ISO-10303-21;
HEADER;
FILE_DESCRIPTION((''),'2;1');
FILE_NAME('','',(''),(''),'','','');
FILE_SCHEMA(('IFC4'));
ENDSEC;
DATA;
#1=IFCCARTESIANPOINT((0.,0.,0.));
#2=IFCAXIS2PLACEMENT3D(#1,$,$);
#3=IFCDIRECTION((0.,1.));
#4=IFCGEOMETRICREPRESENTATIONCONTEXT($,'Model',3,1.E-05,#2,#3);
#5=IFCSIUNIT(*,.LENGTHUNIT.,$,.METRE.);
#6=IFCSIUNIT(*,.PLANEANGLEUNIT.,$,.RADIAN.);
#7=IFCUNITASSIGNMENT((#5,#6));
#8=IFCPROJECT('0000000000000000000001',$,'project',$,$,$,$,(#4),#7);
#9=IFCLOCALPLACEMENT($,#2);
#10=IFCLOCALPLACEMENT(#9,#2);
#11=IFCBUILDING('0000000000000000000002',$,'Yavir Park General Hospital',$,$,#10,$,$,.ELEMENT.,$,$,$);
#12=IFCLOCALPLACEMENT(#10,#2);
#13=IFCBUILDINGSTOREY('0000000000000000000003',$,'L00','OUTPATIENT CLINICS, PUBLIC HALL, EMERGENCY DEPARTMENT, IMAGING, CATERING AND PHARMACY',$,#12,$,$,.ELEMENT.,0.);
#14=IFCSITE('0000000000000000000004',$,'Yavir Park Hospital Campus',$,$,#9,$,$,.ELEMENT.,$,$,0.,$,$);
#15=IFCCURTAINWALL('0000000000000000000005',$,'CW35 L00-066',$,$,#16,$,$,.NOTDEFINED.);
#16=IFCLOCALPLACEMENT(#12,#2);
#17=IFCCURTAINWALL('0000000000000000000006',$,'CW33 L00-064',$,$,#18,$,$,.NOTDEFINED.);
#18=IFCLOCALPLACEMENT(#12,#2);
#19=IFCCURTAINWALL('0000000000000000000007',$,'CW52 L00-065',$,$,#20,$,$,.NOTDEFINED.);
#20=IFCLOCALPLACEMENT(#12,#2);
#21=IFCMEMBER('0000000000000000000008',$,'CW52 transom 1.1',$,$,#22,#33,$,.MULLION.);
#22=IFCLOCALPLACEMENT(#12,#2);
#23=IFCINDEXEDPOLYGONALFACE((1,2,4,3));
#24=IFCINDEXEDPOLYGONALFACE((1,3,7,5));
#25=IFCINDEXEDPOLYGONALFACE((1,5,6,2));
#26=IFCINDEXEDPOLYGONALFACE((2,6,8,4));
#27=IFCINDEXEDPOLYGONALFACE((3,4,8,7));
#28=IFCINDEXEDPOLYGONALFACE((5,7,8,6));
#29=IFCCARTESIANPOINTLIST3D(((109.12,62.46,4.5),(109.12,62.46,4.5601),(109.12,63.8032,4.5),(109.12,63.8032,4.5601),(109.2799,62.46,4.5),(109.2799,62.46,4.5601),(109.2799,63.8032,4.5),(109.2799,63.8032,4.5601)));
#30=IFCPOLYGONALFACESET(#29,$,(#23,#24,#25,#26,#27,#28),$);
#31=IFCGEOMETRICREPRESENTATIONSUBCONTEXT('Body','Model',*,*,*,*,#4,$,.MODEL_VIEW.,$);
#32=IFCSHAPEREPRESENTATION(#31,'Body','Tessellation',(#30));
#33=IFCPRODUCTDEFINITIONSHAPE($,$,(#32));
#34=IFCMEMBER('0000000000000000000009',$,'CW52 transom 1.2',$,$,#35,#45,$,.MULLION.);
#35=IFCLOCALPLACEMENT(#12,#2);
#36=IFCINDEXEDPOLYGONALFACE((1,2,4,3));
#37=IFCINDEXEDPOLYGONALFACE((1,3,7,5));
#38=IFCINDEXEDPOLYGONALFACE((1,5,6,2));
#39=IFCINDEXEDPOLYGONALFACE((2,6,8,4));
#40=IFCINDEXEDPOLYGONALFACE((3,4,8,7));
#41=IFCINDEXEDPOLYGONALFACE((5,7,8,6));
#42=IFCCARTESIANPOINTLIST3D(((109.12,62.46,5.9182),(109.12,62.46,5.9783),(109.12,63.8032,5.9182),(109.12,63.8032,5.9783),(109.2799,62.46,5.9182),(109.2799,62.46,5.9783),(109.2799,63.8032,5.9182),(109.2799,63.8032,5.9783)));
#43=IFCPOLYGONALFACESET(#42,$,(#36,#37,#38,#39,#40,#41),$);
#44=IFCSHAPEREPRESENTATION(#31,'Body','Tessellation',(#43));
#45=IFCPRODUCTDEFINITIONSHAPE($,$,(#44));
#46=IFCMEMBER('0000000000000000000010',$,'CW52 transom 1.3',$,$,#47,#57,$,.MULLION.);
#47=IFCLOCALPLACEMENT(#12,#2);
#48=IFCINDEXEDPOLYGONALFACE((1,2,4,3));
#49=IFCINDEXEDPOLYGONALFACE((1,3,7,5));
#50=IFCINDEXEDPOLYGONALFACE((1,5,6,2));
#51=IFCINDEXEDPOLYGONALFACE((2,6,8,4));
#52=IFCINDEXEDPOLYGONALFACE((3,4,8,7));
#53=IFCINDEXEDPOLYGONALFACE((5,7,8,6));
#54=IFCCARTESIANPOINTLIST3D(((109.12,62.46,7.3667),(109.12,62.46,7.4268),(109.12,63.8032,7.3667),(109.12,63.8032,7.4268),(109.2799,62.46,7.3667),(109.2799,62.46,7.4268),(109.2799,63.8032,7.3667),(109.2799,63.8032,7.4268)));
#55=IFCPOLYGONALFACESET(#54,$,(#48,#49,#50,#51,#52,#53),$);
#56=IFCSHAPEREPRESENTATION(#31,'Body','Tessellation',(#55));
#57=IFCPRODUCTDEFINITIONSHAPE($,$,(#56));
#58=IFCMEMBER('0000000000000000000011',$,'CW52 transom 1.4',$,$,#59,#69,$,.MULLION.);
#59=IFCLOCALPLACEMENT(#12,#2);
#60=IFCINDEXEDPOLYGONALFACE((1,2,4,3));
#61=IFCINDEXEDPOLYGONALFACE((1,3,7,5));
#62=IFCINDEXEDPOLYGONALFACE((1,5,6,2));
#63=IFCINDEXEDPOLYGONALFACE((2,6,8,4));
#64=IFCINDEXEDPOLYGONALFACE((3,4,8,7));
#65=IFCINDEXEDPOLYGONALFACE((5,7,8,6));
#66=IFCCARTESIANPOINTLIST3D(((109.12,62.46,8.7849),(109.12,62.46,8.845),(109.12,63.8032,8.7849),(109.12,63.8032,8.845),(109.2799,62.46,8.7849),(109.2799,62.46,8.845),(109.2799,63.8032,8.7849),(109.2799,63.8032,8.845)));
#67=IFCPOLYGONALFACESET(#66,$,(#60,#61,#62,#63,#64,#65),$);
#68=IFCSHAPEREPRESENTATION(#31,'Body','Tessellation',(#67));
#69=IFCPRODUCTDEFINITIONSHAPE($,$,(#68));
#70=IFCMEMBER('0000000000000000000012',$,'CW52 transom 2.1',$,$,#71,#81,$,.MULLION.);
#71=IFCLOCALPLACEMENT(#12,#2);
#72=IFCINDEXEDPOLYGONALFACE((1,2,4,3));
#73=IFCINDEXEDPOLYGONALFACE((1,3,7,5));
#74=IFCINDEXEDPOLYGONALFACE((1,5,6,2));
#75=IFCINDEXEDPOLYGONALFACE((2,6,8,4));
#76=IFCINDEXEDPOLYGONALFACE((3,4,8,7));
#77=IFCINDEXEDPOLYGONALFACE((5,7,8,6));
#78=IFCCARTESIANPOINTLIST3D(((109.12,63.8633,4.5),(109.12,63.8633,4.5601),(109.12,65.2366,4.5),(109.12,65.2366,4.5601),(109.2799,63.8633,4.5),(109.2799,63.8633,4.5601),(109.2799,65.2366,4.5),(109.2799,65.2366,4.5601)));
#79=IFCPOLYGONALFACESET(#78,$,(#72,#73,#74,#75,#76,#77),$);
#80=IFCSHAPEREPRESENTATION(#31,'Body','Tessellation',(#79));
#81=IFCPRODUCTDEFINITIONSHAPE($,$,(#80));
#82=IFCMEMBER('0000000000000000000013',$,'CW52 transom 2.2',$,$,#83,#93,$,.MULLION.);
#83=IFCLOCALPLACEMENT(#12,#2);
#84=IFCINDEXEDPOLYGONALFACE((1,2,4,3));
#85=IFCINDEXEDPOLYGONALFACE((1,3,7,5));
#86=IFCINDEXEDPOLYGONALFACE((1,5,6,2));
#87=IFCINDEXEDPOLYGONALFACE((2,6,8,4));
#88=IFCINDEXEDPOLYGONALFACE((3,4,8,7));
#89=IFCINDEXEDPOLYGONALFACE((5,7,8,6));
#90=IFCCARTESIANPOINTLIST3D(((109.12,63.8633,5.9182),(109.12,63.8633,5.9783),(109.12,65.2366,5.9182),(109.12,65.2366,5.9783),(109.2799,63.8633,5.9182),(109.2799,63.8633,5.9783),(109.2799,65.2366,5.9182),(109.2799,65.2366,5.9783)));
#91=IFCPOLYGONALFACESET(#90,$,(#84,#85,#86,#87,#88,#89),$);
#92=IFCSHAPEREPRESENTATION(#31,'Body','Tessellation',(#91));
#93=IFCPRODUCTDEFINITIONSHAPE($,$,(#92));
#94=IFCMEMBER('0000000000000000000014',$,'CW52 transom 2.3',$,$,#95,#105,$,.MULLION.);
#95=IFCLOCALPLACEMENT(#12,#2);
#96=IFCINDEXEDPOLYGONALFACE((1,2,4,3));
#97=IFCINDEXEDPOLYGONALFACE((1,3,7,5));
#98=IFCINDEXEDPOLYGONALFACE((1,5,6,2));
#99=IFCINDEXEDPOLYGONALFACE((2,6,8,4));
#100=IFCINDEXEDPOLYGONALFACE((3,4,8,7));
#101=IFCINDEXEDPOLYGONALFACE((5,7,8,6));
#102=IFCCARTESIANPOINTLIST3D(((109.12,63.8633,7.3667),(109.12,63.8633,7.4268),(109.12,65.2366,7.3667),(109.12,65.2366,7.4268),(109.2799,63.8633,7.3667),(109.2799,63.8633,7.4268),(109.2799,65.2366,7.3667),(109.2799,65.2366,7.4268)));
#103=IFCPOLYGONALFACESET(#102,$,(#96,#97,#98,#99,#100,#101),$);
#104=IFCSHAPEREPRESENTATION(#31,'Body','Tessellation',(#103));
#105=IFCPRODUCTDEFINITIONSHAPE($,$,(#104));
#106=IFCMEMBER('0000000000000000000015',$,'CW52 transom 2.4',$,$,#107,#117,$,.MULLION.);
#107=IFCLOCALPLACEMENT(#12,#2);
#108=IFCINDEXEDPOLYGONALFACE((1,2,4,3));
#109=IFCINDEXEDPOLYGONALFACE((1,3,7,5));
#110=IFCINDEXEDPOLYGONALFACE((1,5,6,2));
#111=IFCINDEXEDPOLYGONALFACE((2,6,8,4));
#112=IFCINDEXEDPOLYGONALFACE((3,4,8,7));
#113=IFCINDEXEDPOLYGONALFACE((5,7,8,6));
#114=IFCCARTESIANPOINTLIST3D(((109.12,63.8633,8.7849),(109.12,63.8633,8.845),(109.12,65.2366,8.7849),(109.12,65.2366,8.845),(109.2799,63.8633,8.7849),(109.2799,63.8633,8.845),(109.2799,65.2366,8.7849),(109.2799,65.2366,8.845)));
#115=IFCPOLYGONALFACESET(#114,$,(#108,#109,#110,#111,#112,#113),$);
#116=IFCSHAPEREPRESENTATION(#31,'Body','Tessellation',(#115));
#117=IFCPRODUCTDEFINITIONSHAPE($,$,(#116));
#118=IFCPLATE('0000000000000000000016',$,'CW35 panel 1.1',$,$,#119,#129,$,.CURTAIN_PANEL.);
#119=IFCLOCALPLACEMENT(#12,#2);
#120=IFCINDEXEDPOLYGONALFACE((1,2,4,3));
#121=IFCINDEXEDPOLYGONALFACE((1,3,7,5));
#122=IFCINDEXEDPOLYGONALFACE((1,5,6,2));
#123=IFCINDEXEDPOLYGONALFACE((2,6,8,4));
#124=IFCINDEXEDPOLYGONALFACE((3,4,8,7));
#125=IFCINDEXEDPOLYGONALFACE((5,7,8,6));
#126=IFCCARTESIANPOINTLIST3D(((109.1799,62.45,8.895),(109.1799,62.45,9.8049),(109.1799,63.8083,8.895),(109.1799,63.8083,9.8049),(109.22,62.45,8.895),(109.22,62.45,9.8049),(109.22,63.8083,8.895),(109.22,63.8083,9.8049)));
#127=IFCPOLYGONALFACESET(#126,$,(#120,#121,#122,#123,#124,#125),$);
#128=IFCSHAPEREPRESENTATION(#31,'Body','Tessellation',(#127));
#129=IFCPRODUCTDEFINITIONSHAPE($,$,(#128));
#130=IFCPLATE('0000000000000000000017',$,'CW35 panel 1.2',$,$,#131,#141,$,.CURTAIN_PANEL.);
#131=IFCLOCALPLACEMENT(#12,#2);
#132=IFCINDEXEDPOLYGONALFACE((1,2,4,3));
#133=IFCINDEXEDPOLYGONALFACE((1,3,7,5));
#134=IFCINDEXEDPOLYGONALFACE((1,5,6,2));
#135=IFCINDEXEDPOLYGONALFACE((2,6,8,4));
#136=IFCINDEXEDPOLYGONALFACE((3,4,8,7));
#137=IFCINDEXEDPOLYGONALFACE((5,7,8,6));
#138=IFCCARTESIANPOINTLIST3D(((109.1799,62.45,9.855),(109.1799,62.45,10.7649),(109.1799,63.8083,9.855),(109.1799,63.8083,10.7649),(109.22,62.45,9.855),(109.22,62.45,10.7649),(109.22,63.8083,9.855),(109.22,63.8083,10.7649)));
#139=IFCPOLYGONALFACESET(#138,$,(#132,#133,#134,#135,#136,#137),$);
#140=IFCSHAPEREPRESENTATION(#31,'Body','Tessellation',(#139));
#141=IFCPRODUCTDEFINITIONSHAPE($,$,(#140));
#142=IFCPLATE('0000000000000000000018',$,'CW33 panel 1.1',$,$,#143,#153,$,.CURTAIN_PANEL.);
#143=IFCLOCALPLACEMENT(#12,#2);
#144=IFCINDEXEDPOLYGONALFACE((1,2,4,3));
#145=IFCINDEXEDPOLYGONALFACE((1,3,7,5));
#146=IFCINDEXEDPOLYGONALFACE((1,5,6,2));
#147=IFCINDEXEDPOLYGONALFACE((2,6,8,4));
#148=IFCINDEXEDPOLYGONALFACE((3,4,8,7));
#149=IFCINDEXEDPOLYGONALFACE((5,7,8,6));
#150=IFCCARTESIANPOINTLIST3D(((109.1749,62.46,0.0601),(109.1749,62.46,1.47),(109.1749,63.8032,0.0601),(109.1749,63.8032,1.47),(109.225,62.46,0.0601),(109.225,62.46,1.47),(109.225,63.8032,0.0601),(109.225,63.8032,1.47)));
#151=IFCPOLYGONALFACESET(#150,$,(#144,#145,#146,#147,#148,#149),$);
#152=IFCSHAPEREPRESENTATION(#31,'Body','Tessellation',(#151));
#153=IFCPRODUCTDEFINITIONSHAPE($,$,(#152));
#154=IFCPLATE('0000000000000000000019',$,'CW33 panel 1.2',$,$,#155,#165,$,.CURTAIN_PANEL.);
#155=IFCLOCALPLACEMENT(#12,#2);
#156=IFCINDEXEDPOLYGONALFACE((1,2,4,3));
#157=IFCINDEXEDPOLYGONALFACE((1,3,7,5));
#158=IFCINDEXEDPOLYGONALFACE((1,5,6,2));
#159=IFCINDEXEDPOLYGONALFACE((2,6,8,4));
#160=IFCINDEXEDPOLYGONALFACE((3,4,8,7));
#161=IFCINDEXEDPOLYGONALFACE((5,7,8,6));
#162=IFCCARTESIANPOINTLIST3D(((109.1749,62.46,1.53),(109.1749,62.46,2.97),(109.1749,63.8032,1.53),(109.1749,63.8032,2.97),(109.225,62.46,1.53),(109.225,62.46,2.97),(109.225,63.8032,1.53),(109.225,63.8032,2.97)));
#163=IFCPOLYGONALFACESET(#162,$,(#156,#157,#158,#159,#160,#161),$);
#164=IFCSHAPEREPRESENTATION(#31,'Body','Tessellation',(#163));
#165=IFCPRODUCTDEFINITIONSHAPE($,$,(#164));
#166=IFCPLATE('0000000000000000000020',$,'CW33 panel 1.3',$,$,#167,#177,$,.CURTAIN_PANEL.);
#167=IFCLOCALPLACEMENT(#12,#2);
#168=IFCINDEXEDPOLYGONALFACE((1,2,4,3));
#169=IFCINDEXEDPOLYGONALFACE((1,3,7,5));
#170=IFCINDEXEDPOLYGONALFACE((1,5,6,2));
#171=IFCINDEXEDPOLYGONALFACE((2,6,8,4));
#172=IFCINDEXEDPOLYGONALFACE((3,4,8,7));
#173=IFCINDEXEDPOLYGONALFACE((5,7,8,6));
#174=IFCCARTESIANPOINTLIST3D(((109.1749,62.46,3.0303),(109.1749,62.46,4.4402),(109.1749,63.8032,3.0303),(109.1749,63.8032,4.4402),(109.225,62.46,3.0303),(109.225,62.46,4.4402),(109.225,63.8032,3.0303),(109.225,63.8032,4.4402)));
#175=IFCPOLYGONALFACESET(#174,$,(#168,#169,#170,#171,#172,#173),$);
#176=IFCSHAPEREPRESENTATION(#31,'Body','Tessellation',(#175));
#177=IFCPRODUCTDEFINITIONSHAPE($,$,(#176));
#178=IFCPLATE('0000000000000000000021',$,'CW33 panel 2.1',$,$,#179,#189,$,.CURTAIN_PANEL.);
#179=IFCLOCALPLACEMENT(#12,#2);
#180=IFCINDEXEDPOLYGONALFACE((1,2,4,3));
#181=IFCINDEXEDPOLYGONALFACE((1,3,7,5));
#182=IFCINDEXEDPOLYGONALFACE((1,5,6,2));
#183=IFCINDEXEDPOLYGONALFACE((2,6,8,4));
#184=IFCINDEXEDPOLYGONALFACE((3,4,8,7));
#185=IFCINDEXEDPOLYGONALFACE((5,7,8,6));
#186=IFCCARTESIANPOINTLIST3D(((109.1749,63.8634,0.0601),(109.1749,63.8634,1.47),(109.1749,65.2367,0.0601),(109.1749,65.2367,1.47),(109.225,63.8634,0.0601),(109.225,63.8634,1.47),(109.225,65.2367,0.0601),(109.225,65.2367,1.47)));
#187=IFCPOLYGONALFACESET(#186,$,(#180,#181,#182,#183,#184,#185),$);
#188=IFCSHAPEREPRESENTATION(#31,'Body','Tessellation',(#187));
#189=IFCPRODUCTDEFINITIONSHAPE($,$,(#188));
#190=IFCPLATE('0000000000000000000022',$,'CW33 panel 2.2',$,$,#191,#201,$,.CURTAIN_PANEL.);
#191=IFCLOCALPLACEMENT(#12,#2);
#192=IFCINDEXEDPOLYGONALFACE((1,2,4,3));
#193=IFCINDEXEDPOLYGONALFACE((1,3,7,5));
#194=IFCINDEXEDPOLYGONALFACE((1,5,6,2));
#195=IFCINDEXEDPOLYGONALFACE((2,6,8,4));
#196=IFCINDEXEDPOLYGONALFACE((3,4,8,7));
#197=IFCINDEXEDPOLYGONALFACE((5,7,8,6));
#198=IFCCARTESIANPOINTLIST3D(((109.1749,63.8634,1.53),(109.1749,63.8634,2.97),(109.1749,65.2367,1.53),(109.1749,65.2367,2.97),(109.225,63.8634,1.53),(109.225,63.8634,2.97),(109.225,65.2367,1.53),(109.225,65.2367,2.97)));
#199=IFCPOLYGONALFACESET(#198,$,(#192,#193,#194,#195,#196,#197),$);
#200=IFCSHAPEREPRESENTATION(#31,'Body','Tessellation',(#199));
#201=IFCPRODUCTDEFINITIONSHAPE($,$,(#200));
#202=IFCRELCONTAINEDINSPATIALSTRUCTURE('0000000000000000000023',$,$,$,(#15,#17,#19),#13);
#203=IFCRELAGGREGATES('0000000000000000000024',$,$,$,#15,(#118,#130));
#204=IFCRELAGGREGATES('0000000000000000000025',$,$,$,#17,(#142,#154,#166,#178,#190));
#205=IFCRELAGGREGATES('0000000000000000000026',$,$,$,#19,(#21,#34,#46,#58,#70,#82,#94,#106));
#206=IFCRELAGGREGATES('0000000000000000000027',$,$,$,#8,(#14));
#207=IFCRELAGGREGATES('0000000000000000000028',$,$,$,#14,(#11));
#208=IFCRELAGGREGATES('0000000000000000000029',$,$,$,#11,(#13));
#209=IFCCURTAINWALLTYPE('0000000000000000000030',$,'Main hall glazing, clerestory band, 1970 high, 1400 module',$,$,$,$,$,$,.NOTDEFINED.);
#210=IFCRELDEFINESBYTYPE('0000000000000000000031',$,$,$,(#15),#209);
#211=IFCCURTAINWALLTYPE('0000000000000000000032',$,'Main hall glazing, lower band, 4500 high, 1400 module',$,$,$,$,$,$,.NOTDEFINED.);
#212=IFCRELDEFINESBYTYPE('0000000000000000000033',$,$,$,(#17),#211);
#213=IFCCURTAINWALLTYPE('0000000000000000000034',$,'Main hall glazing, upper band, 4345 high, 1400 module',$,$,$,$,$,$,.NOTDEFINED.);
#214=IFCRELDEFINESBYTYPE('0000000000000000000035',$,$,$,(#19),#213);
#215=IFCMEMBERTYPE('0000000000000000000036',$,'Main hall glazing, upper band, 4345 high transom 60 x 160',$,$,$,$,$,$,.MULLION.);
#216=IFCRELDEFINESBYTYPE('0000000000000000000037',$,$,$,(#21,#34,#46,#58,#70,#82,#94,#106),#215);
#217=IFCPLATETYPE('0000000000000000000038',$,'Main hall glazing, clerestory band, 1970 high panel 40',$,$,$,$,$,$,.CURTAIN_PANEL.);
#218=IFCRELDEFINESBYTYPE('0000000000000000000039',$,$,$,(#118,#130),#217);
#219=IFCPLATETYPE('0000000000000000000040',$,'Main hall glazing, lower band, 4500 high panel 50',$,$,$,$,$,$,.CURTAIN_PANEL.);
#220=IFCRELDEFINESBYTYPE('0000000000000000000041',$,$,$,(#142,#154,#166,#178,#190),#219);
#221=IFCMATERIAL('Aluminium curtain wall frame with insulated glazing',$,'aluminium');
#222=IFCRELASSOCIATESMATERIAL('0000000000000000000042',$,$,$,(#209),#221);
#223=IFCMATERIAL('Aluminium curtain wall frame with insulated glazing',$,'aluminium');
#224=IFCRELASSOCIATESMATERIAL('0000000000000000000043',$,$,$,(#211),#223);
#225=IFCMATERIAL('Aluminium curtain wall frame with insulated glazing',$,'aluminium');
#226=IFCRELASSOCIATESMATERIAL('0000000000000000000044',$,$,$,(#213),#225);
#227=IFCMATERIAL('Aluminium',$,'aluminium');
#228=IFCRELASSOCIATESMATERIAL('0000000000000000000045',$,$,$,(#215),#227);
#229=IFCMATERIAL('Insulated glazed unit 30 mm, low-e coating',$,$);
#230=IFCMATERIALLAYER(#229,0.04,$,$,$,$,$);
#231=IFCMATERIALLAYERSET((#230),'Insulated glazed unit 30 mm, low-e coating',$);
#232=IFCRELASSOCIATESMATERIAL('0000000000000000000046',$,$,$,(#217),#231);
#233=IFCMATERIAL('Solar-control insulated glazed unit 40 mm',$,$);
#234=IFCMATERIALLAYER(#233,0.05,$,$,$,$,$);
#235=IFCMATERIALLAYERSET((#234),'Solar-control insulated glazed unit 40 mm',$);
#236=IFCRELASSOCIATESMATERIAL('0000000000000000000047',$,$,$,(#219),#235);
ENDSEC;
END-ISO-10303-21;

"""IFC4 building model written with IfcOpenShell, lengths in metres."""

from ifc_helpers import new_model, si_unit, direction, frame, origin, origin_2d, place, context, subcontext, project, spatial, rectangle, extrude, material, layer, layer_set, material_profile, profile_set, type_object, element, aggregate, save


model = new_model("IFC4")

# Units and contexts
model_context = context("Model", 3, precision=1e-05, world=origin(), true_north=direction((0.0, 1.0)))
body_context = subcontext(model_context, "Body", "Model", "MODEL_VIEW")
ifc_project = project(units=[si_unit("LENGTHUNIT", "METRE"), si_unit("PLANEANGLEUNIT", "RADIAN")], contexts=[model_context])

# Site, building, storey
site_placement = place(None, origin())
site = spatial("IfcSite", under=ifc_project, at=site_placement, Name="Yavir Park Hospital Campus", CompositionType="ELEMENT", RefElevation=0.0)
building_placement = place(site_placement, origin())
building = spatial("IfcBuilding", under=site, at=building_placement, Name="Yavir Park General Hospital", CompositionType="ELEMENT")
storey_placement = place(building_placement, origin())
storey = spatial("IfcBuildingStorey", under=building, at=storey_placement, Name="L00", Description="OUTPATIENT CLINICS, PUBLIC HALL, EMERGENCY DEPARTMENT, IMAGING, CATERING AND PHARMACY", CompositionType="ELEMENT", Elevation=0.0)

# Curtain walls, members
ifc_material_1 = material(Name="Aluminium curtain wall frame with insulated glazing", Category="aluminium")
curtain_wall_type_1 = type_object("IfcCurtainWallType", Name="Main hall glazing, clerestory band, 1970 high, 1400 module", PredefinedType="NOTDEFINED", material=ifc_material_1)
curtain_wall_1_placement = place(storey_placement, origin())
curtain_wall_1 = element("IfcCurtainWall", 1, at=curtain_wall_1_placement, inside=storey, type_object=curtain_wall_type_1, Name="CW35 L00-066", PredefinedType="NOTDEFINED")
ifc_material_2 = material(Name="Aluminium curtain wall frame with insulated glazing", Category="aluminium")
curtain_wall_type_2 = type_object("IfcCurtainWallType", Name="Main hall glazing, lower band, 4500 high, 1400 module", PredefinedType="NOTDEFINED", material=ifc_material_2)
curtain_wall_2_placement = place(storey_placement, origin())
curtain_wall_2 = element("IfcCurtainWall", 2, at=curtain_wall_2_placement, inside=storey, type_object=curtain_wall_type_2, Name="CW33 L00-064", PredefinedType="NOTDEFINED")
ifc_material_3 = material(Name="Aluminium curtain wall frame with insulated glazing", Category="aluminium")
curtain_wall_type_3 = type_object("IfcCurtainWallType", Name="Main hall glazing, upper band, 4345 high, 1400 module", PredefinedType="NOTDEFINED", material=ifc_material_3)
curtain_wall_3_placement = place(storey_placement, origin())
curtain_wall_3 = element("IfcCurtainWall", 3, at=curtain_wall_3_placement, inside=storey, type_object=curtain_wall_type_3, Name="CW52 L00-065", PredefinedType="NOTDEFINED")
ifc_material_4 = material(Name="Aluminium", Category="aluminium")
ifc_material_profile_1 = material_profile(ifc_material_4, rectangle(XDim=0.1599, YDim=0.0601, at=origin_2d()), Name="AL 160x60")
ifc_profile_set_1 = profile_set([ifc_material_profile_1], Name="Aluminium")
member_type_1 = type_object("IfcMemberType", Name="Main hall glazing, upper band, 4345 high transom 60 x 160", PredefinedType="MULLION", material=ifc_profile_set_1)
member_1_placement = place(storey_placement, frame((109.2, 62.46, 4.53), z_axis=(0.0, 1.0, 0.0), x_axis=(-1.0, 0.0, 0.0)))
member_1 = element("IfcMember", 4, at=member_1_placement, type_object=member_type_1, Name="CW52 transom 1.1", PredefinedType="MULLION", context=body_context, shape_type="SweptSolid", body=[
    extrude(rectangle(XDim=0.1599, YDim=0.0601, at=origin_2d()), origin(), (0.0, 0.0, 1.0), 1.3433),
])
member_2_placement = place(storey_placement, frame((109.2, 62.46, 5.9482), z_axis=(0.0, 1.0, 0.0), x_axis=(-1.0, 0.0, 0.0)))
member_2 = element("IfcMember", 5, at=member_2_placement, type_object=member_type_1, Name="CW52 transom 1.2", PredefinedType="MULLION", context=body_context, shape_type="SweptSolid", body=[
    extrude(rectangle(XDim=0.1599, YDim=0.0601, at=origin_2d()), origin(), (0.0, 0.0, 1.0), 1.3433),
])
member_3_placement = place(storey_placement, frame((109.2, 62.46, 7.3967), z_axis=(0.0, 1.0, 0.0), x_axis=(-1.0, 0.0, 0.0)))
member_3 = element("IfcMember", 6, at=member_3_placement, type_object=member_type_1, Name="CW52 transom 1.3", PredefinedType="MULLION", context=body_context, shape_type="SweptSolid", body=[
    extrude(rectangle(XDim=0.1599, YDim=0.0601, at=origin_2d()), origin(), (0.0, 0.0, 1.0), 1.3433),
])
member_4_placement = place(storey_placement, frame((109.2, 62.46, 8.8149), z_axis=(0.0, 1.0, 0.0), x_axis=(-1.0, 0.0, 0.0)))
member_4 = element("IfcMember", 7, at=member_4_placement, type_object=member_type_1, Name="CW52 transom 1.4", PredefinedType="MULLION", context=body_context, shape_type="SweptSolid", body=[
    extrude(rectangle(XDim=0.1599, YDim=0.0601, at=origin_2d()), origin(), (0.0, 0.0, 1.0), 1.3433),
])
member_5_placement = place(storey_placement, frame((109.2, 63.8633, 4.53), z_axis=(0.0, 1.0, 0.0), x_axis=(-1.0, 0.0, 0.0)))
member_5 = element("IfcMember", 8, at=member_5_placement, type_object=member_type_1, Name="CW52 transom 2.1", PredefinedType="MULLION", context=body_context, shape_type="SweptSolid", body=[
    extrude(rectangle(XDim=0.1599, YDim=0.0601, at=origin_2d()), origin(), (0.0, 0.0, 1.0), 1.3733),
])
member_6_placement = place(storey_placement, frame((109.2, 63.8633, 5.9482), z_axis=(0.0, 1.0, 0.0), x_axis=(-1.0, 0.0, 0.0)))
member_6 = element("IfcMember", 9, at=member_6_placement, type_object=member_type_1, Name="CW52 transom 2.2", PredefinedType="MULLION", context=body_context, shape_type="SweptSolid", body=[
    extrude(rectangle(XDim=0.1599, YDim=0.0601, at=origin_2d()), origin(), (0.0, 0.0, 1.0), 1.3733),
])
member_7_placement = place(storey_placement, frame((109.2, 63.8633, 7.3967), z_axis=(0.0, 1.0, 0.0), x_axis=(-1.0, 0.0, 0.0)))
member_7 = element("IfcMember", 10, at=member_7_placement, type_object=member_type_1, Name="CW52 transom 2.3", PredefinedType="MULLION", context=body_context, shape_type="SweptSolid", body=[
    extrude(rectangle(XDim=0.1599, YDim=0.0601, at=origin_2d()), origin(), (0.0, 0.0, 1.0), 1.3733),
])
member_8_placement = place(storey_placement, frame((109.2, 63.8633, 8.8149), z_axis=(0.0, 1.0, 0.0), x_axis=(-1.0, 0.0, 0.0)))
member_8 = element("IfcMember", 11, at=member_8_placement, type_object=member_type_1, Name="CW52 transom 2.4", PredefinedType="MULLION", context=body_context, shape_type="SweptSolid", body=[
    extrude(rectangle(XDim=0.1599, YDim=0.0601, at=origin_2d()), origin(), (0.0, 0.0, 1.0), 1.3733),
])

# Plates
ifc_material_5 = material(Name="Insulated glazed unit 30 mm, low-e coating")
ifc_layer_1 = layer(ifc_material_5, 0.04)
ifc_layer_set_1 = layer_set([ifc_layer_1], Name="Insulated glazed unit 30 mm, low-e coating")
plate_type_1 = type_object("IfcPlateType", Name="Main hall glazing, clerestory band, 1970 high panel 40", PredefinedType="CURTAIN_PANEL", material=ifc_layer_set_1)
plate_1_placement = place(storey_placement, frame((109.2, 63.1292, 8.895), z_axis=(0.0, 0.0, 1.0), x_axis=(0.0, 1.0, 0.0)))
plate_1 = element("IfcPlate", 12, at=plate_1_placement, type_object=plate_type_1, Name="CW35 panel 1.1", PredefinedType="CURTAIN_PANEL", context=body_context, shape_type="SweptSolid", body=[
    extrude(rectangle(XDim=1.3584, YDim=0.04, at=origin_2d()), origin(), (0.0, 0.0, 1.0), 0.9099),
])
plate_2_placement = place(storey_placement, frame((109.2, 63.1292, 9.855), z_axis=(0.0, 0.0, 1.0), x_axis=(0.0, 1.0, 0.0)))
plate_2 = element("IfcPlate", 13, at=plate_2_placement, type_object=plate_type_1, Name="CW35 panel 1.2", PredefinedType="CURTAIN_PANEL", context=body_context, shape_type="SweptSolid", body=[
    extrude(rectangle(XDim=1.3584, YDim=0.04, at=origin_2d()), origin(), (0.0, 0.0, 1.0), 0.9099),
])
aggregate(curtain_wall_1, [plate_1, plate_2])
ifc_material_6 = material(Name="Solar-control insulated glazed unit 40 mm")
ifc_layer_2 = layer(ifc_material_6, 0.05)
ifc_layer_set_2 = layer_set([ifc_layer_2], Name="Solar-control insulated glazed unit 40 mm")
plate_type_2 = type_object("IfcPlateType", Name="Main hall glazing, lower band, 4500 high panel 50", PredefinedType="CURTAIN_PANEL", material=ifc_layer_set_2)
plate_3_placement = place(storey_placement, frame((109.2, 63.1316, 0.0601), z_axis=(0.0, 0.0, 1.0), x_axis=(0.0, 1.0, 0.0)))
plate_3 = element("IfcPlate", 14, at=plate_3_placement, type_object=plate_type_2, Name="CW33 panel 1.1", PredefinedType="CURTAIN_PANEL", context=body_context, shape_type="SweptSolid", body=[
    extrude(rectangle(XDim=1.3433, YDim=0.05, at=origin_2d()), origin(), (0.0, 0.0, 1.0), 1.4099),
])
plate_4_placement = place(storey_placement, frame((109.2, 63.1316, 1.53), z_axis=(0.0, 0.0, 1.0), x_axis=(0.0, 1.0, 0.0)))
plate_4 = element("IfcPlate", 15, at=plate_4_placement, type_object=plate_type_2, Name="CW33 panel 1.2", PredefinedType="CURTAIN_PANEL", context=body_context, shape_type="SweptSolid", body=[
    extrude(rectangle(XDim=1.3433, YDim=0.05, at=origin_2d()), origin(), (0.0, 0.0, 1.0), 1.4399),
])
plate_5_placement = place(storey_placement, frame((109.2, 63.1316, 3.0303), z_axis=(0.0, 0.0, 1.0), x_axis=(0.0, 1.0, 0.0)))
plate_5 = element("IfcPlate", 16, at=plate_5_placement, type_object=plate_type_2, Name="CW33 panel 1.3", PredefinedType="CURTAIN_PANEL", context=body_context, shape_type="SweptSolid", body=[
    extrude(rectangle(XDim=1.3433, YDim=0.05, at=origin_2d()), origin(), (0.0, 0.0, 1.0), 1.4099),
])
plate_6_placement = place(storey_placement, frame((109.2, 64.55, 0.0601), z_axis=(0.0, 0.0, 1.0), x_axis=(0.0, 1.0, 0.0)))
plate_6 = element("IfcPlate", 17, at=plate_6_placement, type_object=plate_type_2, Name="CW33 panel 2.1", PredefinedType="CURTAIN_PANEL", context=body_context, shape_type="SweptSolid", body=[
    extrude(rectangle(XDim=1.3733, YDim=0.05, at=origin_2d()), origin(), (0.0, 0.0, 1.0), 1.4099),
])
plate_7_placement = place(storey_placement, frame((109.2, 64.55, 1.53), z_axis=(0.0, 0.0, 1.0), x_axis=(0.0, 1.0, 0.0)))
plate_7 = element("IfcPlate", 18, at=plate_7_placement, type_object=plate_type_2, Name="CW33 panel 2.2", PredefinedType="CURTAIN_PANEL", context=body_context, shape_type="SweptSolid", body=[
    extrude(rectangle(XDim=1.3733, YDim=0.05, at=origin_2d()), origin(), (0.0, 0.0, 1.0), 1.4399),
])
aggregate(curtain_wall_2, [plate_3, plate_4, plate_5, plate_6, plate_7])
aggregate(curtain_wall_3, [member_1, member_2, member_3, member_4, member_5, member_6, member_7, member_8])

save(model, "model.ifc")
